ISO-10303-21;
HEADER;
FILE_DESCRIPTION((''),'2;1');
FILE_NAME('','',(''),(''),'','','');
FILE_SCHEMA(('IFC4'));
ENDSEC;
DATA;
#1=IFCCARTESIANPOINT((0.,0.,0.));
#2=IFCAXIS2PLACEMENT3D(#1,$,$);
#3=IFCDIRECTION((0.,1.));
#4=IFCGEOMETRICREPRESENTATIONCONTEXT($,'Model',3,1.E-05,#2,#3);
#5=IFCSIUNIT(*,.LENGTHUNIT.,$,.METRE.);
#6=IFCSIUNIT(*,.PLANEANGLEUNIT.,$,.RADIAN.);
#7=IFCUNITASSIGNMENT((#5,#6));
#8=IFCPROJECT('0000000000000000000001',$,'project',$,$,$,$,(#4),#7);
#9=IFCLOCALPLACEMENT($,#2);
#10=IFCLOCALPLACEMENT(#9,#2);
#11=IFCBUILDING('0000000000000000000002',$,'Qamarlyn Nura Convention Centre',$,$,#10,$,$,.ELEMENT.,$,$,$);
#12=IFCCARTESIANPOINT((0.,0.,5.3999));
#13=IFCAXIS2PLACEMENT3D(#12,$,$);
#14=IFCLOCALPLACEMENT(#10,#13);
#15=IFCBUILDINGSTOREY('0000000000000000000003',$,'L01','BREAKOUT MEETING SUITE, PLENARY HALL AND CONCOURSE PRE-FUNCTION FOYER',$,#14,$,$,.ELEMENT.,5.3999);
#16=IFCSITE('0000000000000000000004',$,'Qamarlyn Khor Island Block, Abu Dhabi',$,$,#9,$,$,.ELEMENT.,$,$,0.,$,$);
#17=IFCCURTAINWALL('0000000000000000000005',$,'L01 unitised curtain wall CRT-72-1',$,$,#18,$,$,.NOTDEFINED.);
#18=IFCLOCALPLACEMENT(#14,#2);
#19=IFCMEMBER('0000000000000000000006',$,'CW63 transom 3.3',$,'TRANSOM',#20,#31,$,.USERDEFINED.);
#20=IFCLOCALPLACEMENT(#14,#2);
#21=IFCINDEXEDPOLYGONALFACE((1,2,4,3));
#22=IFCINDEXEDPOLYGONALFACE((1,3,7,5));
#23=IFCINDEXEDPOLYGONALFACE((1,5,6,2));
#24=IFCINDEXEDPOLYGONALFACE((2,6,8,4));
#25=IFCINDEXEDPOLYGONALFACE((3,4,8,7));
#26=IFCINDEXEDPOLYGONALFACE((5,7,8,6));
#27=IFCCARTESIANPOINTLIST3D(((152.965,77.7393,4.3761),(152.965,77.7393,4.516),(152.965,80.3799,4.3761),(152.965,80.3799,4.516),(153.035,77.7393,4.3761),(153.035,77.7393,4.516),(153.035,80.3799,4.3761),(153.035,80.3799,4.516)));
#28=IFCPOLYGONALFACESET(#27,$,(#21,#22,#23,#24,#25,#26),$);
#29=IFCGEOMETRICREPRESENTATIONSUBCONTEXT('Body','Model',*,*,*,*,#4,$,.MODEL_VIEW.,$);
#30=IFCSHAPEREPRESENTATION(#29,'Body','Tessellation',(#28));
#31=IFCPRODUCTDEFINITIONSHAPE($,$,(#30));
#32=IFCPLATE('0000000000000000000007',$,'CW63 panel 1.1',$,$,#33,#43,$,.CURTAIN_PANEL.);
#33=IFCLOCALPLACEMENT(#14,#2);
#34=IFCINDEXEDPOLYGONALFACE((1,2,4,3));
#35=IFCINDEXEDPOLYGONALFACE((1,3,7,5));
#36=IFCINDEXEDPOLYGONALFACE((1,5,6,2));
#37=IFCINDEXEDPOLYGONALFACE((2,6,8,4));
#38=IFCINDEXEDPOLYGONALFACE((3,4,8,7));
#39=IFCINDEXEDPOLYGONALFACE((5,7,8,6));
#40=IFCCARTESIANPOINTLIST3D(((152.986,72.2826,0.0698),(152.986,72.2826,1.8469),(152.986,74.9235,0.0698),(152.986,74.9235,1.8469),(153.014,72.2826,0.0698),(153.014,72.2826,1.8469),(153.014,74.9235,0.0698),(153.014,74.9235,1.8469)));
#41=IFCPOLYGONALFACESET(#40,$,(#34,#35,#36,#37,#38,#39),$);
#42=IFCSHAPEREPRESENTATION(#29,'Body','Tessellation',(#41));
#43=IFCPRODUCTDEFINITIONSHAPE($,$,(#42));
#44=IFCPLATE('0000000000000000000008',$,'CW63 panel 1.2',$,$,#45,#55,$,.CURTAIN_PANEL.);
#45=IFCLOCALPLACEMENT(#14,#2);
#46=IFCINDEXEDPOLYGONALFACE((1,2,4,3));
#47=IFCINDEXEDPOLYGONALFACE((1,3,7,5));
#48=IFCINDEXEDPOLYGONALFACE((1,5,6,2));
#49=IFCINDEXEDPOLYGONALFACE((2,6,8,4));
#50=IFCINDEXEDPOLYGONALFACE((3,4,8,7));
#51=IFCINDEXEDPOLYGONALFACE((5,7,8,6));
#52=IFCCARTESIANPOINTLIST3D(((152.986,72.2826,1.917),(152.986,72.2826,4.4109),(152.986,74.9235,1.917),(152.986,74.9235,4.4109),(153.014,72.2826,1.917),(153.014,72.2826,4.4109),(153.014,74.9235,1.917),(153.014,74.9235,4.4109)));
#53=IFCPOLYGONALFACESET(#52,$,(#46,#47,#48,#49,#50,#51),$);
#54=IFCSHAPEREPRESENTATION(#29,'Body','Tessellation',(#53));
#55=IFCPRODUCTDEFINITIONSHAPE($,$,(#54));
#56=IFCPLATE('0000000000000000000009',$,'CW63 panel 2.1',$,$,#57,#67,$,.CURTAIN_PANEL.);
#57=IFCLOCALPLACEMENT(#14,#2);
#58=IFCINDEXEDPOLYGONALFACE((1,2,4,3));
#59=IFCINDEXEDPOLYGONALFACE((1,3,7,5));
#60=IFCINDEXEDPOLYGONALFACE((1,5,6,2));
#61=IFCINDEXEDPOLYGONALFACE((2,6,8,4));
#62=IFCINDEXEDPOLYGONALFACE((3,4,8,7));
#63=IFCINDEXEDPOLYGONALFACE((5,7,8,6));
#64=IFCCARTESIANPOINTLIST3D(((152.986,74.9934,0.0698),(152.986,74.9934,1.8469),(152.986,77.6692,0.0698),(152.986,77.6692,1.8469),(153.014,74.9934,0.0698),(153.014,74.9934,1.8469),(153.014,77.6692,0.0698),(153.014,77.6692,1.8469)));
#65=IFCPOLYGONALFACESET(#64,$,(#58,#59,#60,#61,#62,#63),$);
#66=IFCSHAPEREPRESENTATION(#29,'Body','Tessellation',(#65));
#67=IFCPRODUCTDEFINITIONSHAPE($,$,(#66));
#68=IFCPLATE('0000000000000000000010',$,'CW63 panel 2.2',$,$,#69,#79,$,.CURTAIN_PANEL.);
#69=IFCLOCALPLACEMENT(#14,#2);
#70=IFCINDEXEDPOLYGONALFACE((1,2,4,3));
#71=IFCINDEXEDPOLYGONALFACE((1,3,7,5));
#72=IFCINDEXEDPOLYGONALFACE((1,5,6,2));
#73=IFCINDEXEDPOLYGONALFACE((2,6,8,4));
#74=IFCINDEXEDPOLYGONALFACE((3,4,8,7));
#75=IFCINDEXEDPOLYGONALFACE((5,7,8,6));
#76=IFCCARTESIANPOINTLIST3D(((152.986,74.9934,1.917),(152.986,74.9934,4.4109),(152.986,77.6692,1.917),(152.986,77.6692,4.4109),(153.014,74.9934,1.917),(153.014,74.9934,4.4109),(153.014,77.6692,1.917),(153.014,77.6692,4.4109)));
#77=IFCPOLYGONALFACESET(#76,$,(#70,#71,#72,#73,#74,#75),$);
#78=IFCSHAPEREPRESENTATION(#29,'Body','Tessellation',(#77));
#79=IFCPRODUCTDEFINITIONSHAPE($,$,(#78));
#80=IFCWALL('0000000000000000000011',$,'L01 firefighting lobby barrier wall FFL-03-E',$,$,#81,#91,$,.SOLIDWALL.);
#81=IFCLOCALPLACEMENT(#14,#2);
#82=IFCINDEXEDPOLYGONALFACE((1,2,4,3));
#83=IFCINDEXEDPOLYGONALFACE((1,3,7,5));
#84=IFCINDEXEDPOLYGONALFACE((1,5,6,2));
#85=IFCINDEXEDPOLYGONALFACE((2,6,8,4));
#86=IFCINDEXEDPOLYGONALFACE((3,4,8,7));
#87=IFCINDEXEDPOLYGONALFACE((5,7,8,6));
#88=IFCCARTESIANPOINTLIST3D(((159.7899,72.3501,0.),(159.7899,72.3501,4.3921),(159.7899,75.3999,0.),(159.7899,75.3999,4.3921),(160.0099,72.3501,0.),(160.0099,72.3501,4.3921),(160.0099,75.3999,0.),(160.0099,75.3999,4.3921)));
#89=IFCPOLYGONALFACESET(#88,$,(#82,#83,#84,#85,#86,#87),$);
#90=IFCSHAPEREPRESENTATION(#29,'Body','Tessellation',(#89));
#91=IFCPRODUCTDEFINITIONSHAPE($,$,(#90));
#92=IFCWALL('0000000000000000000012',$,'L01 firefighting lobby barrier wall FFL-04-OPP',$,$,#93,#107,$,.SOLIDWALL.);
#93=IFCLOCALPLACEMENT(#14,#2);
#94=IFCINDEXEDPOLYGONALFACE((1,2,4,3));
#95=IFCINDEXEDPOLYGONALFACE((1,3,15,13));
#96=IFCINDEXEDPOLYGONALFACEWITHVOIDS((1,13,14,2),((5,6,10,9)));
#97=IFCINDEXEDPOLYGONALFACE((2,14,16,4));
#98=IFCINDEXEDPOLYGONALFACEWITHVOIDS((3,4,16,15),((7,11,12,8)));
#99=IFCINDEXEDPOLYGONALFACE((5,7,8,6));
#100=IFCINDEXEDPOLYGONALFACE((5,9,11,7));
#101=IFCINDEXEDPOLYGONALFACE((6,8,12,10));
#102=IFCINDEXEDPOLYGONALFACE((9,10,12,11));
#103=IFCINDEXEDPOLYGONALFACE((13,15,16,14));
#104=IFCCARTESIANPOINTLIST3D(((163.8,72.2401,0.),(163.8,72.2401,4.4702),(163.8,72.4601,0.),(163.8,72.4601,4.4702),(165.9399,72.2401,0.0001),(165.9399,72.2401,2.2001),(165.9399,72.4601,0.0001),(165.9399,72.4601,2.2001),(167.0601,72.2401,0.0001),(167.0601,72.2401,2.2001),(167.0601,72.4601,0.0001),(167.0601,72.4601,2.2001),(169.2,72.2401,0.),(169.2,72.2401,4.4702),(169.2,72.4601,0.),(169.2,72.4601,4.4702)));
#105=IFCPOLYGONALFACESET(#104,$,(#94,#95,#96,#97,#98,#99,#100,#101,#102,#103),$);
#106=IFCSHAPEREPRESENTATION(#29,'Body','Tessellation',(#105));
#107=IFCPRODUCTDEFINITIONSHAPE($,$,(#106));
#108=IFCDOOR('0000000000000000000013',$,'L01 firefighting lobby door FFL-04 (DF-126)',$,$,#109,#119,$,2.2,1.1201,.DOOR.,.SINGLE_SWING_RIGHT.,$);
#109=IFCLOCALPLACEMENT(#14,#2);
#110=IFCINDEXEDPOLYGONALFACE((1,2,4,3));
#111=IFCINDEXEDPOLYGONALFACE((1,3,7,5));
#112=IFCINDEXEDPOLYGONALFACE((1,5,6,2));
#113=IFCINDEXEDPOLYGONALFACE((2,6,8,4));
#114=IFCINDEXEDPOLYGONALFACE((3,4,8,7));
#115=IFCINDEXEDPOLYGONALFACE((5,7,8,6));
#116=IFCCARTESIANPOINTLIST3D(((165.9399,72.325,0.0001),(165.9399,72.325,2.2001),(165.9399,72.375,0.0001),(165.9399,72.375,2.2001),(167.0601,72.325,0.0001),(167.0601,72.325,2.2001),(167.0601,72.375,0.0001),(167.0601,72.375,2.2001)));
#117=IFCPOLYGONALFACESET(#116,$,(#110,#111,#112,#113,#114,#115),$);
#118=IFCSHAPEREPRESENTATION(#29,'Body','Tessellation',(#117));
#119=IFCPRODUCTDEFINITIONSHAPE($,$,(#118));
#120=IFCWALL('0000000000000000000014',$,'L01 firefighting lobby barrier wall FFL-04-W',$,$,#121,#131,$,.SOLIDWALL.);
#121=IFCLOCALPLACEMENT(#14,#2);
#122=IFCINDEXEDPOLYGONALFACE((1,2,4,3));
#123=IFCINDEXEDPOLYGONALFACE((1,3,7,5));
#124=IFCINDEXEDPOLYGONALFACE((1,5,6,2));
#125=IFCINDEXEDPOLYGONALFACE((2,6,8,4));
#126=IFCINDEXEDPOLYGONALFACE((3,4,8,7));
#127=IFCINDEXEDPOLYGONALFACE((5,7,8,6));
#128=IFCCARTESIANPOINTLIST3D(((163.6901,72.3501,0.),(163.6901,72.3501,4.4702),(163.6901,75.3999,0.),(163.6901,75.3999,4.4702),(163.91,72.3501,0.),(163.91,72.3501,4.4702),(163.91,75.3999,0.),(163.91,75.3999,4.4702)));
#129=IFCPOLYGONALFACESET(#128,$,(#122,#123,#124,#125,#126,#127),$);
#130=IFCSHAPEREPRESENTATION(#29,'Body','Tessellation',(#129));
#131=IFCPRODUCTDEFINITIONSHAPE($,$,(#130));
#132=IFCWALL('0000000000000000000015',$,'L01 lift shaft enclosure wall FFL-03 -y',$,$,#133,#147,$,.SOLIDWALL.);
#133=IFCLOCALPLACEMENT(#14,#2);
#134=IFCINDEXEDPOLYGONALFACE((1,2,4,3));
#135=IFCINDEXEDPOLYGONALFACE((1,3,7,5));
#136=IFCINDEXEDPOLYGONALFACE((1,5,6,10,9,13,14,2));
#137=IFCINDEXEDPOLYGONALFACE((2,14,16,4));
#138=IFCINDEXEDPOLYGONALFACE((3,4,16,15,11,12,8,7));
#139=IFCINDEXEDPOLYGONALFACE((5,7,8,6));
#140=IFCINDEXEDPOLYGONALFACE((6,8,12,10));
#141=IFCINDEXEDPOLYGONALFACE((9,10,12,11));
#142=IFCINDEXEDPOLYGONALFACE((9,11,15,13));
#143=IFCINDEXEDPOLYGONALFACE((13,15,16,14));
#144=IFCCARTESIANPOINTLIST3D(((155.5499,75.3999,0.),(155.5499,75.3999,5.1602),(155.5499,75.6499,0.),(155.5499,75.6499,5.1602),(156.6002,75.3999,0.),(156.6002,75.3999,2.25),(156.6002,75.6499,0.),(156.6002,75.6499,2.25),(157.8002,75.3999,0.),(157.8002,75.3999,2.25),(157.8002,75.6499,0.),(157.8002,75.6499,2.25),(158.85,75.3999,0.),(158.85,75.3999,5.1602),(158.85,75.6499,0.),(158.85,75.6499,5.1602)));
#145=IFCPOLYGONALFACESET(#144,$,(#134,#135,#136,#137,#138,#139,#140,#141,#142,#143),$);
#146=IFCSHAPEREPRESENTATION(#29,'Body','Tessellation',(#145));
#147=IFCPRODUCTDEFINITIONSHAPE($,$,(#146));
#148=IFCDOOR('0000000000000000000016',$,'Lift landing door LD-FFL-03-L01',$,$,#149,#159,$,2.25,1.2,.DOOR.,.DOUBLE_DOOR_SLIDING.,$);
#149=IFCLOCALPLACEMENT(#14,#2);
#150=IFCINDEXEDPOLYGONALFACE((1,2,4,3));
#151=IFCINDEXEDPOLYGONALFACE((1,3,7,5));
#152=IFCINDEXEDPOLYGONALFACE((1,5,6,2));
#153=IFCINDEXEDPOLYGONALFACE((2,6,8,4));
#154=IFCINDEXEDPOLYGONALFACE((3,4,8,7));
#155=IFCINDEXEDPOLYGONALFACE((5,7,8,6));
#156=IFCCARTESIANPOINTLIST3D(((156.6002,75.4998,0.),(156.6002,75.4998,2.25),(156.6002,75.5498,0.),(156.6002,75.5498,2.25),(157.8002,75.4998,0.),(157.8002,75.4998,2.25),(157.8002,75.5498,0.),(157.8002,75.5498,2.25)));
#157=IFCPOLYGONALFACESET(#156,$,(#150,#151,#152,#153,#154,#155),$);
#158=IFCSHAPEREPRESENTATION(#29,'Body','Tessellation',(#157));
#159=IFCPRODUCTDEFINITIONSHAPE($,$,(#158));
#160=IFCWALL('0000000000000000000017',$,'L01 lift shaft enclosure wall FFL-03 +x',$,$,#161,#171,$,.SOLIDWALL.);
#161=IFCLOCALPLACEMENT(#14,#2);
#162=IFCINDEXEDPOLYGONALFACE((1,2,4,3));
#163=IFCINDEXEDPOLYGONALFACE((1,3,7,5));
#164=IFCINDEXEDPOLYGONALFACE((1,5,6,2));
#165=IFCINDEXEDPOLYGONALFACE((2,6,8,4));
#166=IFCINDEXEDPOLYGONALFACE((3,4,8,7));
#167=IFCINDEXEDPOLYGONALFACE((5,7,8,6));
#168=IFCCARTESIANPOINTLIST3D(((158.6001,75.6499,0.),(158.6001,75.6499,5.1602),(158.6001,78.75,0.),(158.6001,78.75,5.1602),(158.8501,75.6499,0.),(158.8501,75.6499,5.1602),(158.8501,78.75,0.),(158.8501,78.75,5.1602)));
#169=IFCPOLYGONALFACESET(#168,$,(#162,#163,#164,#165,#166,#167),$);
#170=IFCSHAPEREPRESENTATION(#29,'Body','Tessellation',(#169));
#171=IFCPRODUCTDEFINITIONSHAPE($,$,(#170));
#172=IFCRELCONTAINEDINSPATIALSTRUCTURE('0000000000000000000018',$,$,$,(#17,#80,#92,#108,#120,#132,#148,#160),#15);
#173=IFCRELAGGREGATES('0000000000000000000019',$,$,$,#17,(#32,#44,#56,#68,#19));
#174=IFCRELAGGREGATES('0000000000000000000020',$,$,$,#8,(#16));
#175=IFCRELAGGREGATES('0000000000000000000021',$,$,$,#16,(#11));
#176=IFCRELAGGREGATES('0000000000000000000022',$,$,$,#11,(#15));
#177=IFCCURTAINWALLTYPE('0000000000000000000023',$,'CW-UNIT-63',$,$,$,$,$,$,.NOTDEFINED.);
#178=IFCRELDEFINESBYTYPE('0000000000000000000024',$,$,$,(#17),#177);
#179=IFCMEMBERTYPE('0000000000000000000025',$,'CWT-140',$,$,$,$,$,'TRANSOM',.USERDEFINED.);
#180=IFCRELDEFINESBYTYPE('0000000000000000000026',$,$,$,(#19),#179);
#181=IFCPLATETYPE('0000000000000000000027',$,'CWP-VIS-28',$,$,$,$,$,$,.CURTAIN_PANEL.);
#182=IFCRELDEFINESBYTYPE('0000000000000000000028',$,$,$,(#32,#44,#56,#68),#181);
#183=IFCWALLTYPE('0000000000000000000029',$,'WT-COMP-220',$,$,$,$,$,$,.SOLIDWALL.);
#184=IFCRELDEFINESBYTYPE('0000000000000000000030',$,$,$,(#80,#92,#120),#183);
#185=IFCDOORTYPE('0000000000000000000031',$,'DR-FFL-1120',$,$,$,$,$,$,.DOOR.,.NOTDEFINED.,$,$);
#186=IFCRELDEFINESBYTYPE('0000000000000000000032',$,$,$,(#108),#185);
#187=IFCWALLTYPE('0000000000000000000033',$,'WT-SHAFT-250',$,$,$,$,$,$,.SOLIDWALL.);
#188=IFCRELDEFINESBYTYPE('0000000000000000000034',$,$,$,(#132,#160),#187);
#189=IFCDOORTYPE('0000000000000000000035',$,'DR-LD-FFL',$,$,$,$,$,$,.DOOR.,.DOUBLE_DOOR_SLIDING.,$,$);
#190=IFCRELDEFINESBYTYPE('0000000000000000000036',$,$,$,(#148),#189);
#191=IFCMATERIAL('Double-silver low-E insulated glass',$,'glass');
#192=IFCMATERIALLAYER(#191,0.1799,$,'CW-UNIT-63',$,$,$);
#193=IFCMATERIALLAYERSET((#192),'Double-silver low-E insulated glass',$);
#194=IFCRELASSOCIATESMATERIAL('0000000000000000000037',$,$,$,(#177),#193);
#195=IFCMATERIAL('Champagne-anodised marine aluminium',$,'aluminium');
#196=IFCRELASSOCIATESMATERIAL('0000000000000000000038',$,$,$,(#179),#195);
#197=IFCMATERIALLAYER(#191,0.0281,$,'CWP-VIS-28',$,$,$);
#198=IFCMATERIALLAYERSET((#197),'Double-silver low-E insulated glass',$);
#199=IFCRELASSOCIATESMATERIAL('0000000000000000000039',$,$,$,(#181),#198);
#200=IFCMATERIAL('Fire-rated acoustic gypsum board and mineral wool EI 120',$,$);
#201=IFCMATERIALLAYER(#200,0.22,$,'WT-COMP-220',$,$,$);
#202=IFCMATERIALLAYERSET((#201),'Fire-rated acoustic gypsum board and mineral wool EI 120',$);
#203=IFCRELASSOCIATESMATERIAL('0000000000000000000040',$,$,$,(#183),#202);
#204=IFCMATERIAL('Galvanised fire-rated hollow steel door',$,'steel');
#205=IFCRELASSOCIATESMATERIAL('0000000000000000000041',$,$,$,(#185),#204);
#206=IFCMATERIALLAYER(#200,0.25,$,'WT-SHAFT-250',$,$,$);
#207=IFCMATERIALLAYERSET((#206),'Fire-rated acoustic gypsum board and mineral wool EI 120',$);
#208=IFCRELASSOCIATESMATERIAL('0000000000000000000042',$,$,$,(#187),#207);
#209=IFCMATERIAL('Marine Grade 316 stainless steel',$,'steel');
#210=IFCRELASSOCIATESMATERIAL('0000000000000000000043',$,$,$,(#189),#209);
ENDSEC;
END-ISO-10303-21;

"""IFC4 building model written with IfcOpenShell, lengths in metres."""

from ifc_helpers import new_model, si_unit, direction, frame, frame_2d, origin, origin_2d, place, context, subcontext, project, spatial, rectangle, extrude, material, layer, layer_set, material_profile, profile_set, type_object, element, fill, aggregate, save


model = new_model("IFC4")

# Units and contexts
model_context = context("Model", 3, precision=1e-05, world=origin(), true_north=direction((0.0, 1.0)))
body_context = subcontext(model_context, "Body", "Model", "MODEL_VIEW")
ifc_project = project(units=[si_unit("LENGTHUNIT", "METRE"), si_unit("PLANEANGLEUNIT", "RADIAN")], contexts=[model_context])

# Site, building, storey
site_placement = place(None, origin())
site = spatial("IfcSite", under=ifc_project, at=site_placement, Name="Qamarlyn Khor Island Block, Abu Dhabi", CompositionType="ELEMENT", RefElevation=0.0)
building_placement = place(site_placement, origin())
building = spatial("IfcBuilding", under=site, at=building_placement, Name="Qamarlyn Nura Convention Centre", CompositionType="ELEMENT")
storey_placement = place(building_placement, frame((0.0, 0.0, 5.3999)))
storey = spatial("IfcBuildingStorey", under=building, at=storey_placement, Name="L01", Description="BREAKOUT MEETING SUITE, PLENARY HALL AND CONCOURSE PRE-FUNCTION FOYER", CompositionType="ELEMENT", Elevation=5.3999)

# Curtain wall, member, plates
ifc_material_1 = material(Name="Double-silver low-E insulated glass", Category="glass")
ifc_layer_1 = layer(ifc_material_1, 0.1799, Name="CW-UNIT-63")
ifc_layer_set_1 = layer_set([ifc_layer_1], Name="Double-silver low-E insulated glass")
curtain_wall_type = type_object("IfcCurtainWallType", Name="CW-UNIT-63", PredefinedType="NOTDEFINED", material=ifc_layer_set_1)
curtain_wall_placement = place(storey_placement, origin())
curtain_wall = element("IfcCurtainWall", 1, at=curtain_wall_placement, inside=storey, type_object=curtain_wall_type, Name="L01 unitised curtain wall CRT-72-1", PredefinedType="NOTDEFINED")
ifc_material_2 = material(Name="Champagne-anodised marine aluminium", Category="aluminium")
ifc_material_profile_1 = material_profile(ifc_material_2, rectangle(XDim=0.0701, YDim=0.1399, at=origin_2d()), Name="ALU TRANSOM 70x140")
ifc_profile_set_1 = profile_set([ifc_material_profile_1], Name="Champagne-anodised marine aluminium")
member_type_1 = type_object("IfcMemberType", Name="CWT-140", ElementType="TRANSOM", PredefinedType="USERDEFINED", material=ifc_profile_set_1)
member_1_placement = place(storey_placement, frame((153.0, 77.7393, 4.446), z_axis=(0.0, 1.0, 0.0), x_axis=(-1.0, 0.0, 0.0)))
member_1 = element("IfcMember", 2, at=member_1_placement, type_object=member_type_1, Name="CW63 transom 3.3", ObjectType="TRANSOM", PredefinedType="USERDEFINED", context=body_context, shape_type="SweptSolid", body=[
    extrude(rectangle(XDim=0.0701, YDim=0.1399, at=origin_2d()), origin(), (0.0, 0.0, 1.0), 2.6406),
])
ifc_layer_2 = layer(ifc_material_1, 0.0281, Name="CWP-VIS-28")
ifc_layer_set_2 = layer_set([ifc_layer_2], Name="Double-silver low-E insulated glass")
plate_type = type_object("IfcPlateType", Name="CWP-VIS-28", PredefinedType="CURTAIN_PANEL", material=ifc_layer_set_2)
plate_1_placement = place(storey_placement, frame((153.0, 73.603, 0.0698), z_axis=(0.0, 0.0, 1.0), x_axis=(0.0, 1.0, 0.0)))
plate_1 = element("IfcPlate", 3, at=plate_1_placement, type_object=plate_type, Name="CW63 panel 1.1", PredefinedType="CURTAIN_PANEL", context=body_context, shape_type="SweptSolid", body=[
    extrude(rectangle(XDim=2.6409, YDim=0.0281, at=origin_2d()), origin(), (0.0, 0.0, 1.0), 1.7771),
])
plate_2_placement = place(storey_placement, frame((153.0, 73.603, 1.917), z_axis=(0.0, 0.0, 1.0), x_axis=(0.0, 1.0, 0.0)))
plate_2 = element("IfcPlate", 4, at=plate_2_placement, type_object=plate_type, Name="CW63 panel 1.2", PredefinedType="CURTAIN_PANEL", context=body_context, shape_type="SweptSolid", body=[
    extrude(rectangle(XDim=2.6409, YDim=0.0281, at=origin_2d()), origin(), (0.0, 0.0, 1.0), 2.4939),
])
plate_3_placement = place(storey_placement, frame((153.0, 76.3313, 0.0698), z_axis=(0.0, 0.0, 1.0), x_axis=(0.0, 1.0, 0.0)))
plate_3 = element("IfcPlate", 5, at=plate_3_placement, type_object=plate_type, Name="CW63 panel 2.1", PredefinedType="CURTAIN_PANEL", context=body_context, shape_type="SweptSolid", body=[
    extrude(rectangle(XDim=2.6758, YDim=0.0281, at=origin_2d()), origin(), (0.0, 0.0, 1.0), 1.7771),
])
plate_4_placement = place(storey_placement, frame((153.0, 76.3313, 1.917), z_axis=(0.0, 0.0, 1.0), x_axis=(0.0, 1.0, 0.0)))
plate_4 = element("IfcPlate", 6, at=plate_4_placement, type_object=plate_type, Name="CW63 panel 2.2", PredefinedType="CURTAIN_PANEL", context=body_context, shape_type="SweptSolid", body=[
    extrude(rectangle(XDim=2.6758, YDim=0.0281, at=origin_2d()), origin(), (0.0, 0.0, 1.0), 2.4939),
])
aggregate(curtain_wall, [plate_1, plate_2, plate_3, plate_4, member_1])

# Wall
ifc_material_3 = material(Name="Fire-rated acoustic gypsum board and mineral wool EI 120")
ifc_layer_3 = layer(ifc_material_3, 0.22, Name="WT-COMP-220")
ifc_layer_set_3 = layer_set([ifc_layer_3], Name="Fire-rated acoustic gypsum board and mineral wool EI 120")
wall_type_1 = type_object("IfcWallType", Name="WT-COMP-220", PredefinedType="SOLIDWALL", material=ifc_layer_set_3)
wall_1_placement = place(storey_placement, frame((159.8999, 72.3501, 0.0), z_axis=(0.0, 0.0, 1.0), x_axis=(0.0, 1.0, 0.0)))
element("IfcWall", 7, at=wall_1_placement, inside=storey, type_object=wall_type_1, Name="L01 firefighting lobby barrier wall FFL-03-E", PredefinedType="SOLIDWALL", context=body_context, shape_type="SweptSolid", body=[
    extrude(rectangle(XDim=3.0498, YDim=0.22, at=frame_2d((1.5249, 0.0))), origin(), (0.0, 0.0, 1.0), 4.3921),
])

# Wall, opening, door
wall_2_placement = place(storey_placement, frame((163.8, 72.3501, 0.0), z_axis=(0.0, 0.0, 1.0), x_axis=(1.0, 0.0, 0.0)))
wall_2 = element("IfcWall", 8, at=wall_2_placement, inside=storey, type_object=wall_type_1, Name="L01 firefighting lobby barrier wall FFL-04-OPP", PredefinedType="SOLIDWALL", context=body_context, shape_type="SweptSolid", body=[
    extrude(rectangle(XDim=5.3999, YDim=0.22, at=frame_2d((2.7, 0.0))), origin(), (0.0, 0.0, 1.0), 4.4702),
])
opening_1_placement = place(wall_2_placement, frame((2.1399, 0.0, 0.0)))
opening_1 = element("IfcOpeningElement", 9, at=opening_1_placement, cuts=wall_2, PredefinedType="OPENING", context=body_context, shape_type="SweptSolid", body=[
    extrude(rectangle(XDim=1.1201, YDim=2.2, at=frame_2d((0.5601, 1.1001))), frame((0.0, 0.1201, 0.0), z_axis=(0.0, -1.0, 0.0), x_axis=(1.0, 0.0, 0.0)), (0.0, 0.0, 1.0), 0.24),
])
ifc_material_4 = material(Name="Galvanised fire-rated hollow steel door", Category="steel")
door_type_1 = type_object("IfcDoorType", Name="DR-FFL-1120", OperationType="NOTDEFINED", PredefinedType="DOOR", material=ifc_material_4)
door_1_placement = place(opening_1_placement, origin())
door_1 = element("IfcDoor", 10, at=door_1_placement, inside=storey, type_object=door_type_1, Name="L01 firefighting lobby door FFL-04 (DF-126)", OperationType="SINGLE_SWING_RIGHT", OverallHeight=2.2, OverallWidth=1.1201, PredefinedType="DOOR", context=body_context, shape_type="SweptSolid", body=[
    extrude(rectangle(XDim=1.1201, YDim=2.2, at=frame_2d((0.5601, 1.1001))), frame((0.0, 0.0249, 0.0), z_axis=(0.0, -1.0, 0.0), x_axis=(1.0, 0.0, 0.0)), (0.0, 0.0, 1.0), 0.05),
])
fill(opening_1, door_1)

# Wall
wall_3_placement = place(storey_placement, frame((163.8, 72.3501, 0.0), z_axis=(0.0, 0.0, 1.0), x_axis=(0.0, 1.0, 0.0)))
element("IfcWall", 11, at=wall_3_placement, inside=storey, type_object=wall_type_1, Name="L01 firefighting lobby barrier wall FFL-04-W", PredefinedType="SOLIDWALL", context=body_context, shape_type="SweptSolid", body=[
    extrude(rectangle(XDim=3.0498, YDim=0.22, at=frame_2d((1.5249, 0.0))), origin(), (0.0, 0.0, 1.0), 4.4702),
])

# Wall, opening, door
ifc_layer_4 = layer(ifc_material_3, 0.25, Name="WT-SHAFT-250")
ifc_layer_set_4 = layer_set([ifc_layer_4], Name="Fire-rated acoustic gypsum board and mineral wool EI 120")
wall_type_2 = type_object("IfcWallType", Name="WT-SHAFT-250", PredefinedType="SOLIDWALL", material=ifc_layer_set_4)
wall_4_placement = place(storey_placement, frame((155.55, 75.5249, 0.0), z_axis=(0.0, 0.0, 1.0), x_axis=(1.0, 0.0, 0.0)))
wall_4 = element("IfcWall", 12, at=wall_4_placement, inside=storey, type_object=wall_type_2, Name="L01 lift shaft enclosure wall FFL-03 -y", PredefinedType="SOLIDWALL", context=body_context, shape_type="SweptSolid", body=[
    extrude(rectangle(XDim=3.3, YDim=0.25, at=frame_2d((1.6499, 0.0))), origin(), (0.0, 0.0, 1.0), 5.1602),
])
opening_2_placement = place(wall_4_placement, frame((1.05, 0.0, 0.0)))
opening_2 = element("IfcOpeningElement", 13, at=opening_2_placement, cuts=wall_4, PredefinedType="OPENING", context=body_context, shape_type="SweptSolid", body=[
    extrude(rectangle(XDim=1.2, YDim=2.25, at=frame_2d((0.6001, 1.125))), frame((0.0, 0.135, 0.0), z_axis=(0.0, -1.0, 0.0), x_axis=(1.0, 0.0, 0.0)), (0.0, 0.0, 1.0), 0.27),
])
ifc_material_5 = material(Name="Marine Grade 316 stainless steel", Category="steel")
door_type_2 = type_object("IfcDoorType", Name="DR-LD-FFL", OperationType="DOUBLE_DOOR_SLIDING", PredefinedType="DOOR", material=ifc_material_5)
door_2_placement = place(opening_2_placement, origin())
door_2 = element("IfcDoor", 14, at=door_2_placement, inside=storey, type_object=door_type_2, Name="Lift landing door LD-FFL-03-L01", OperationType="DOUBLE_DOOR_SLIDING", OverallHeight=2.25, OverallWidth=1.2, PredefinedType="DOOR", context=body_context, shape_type="SweptSolid", body=[
    extrude(rectangle(XDim=1.2, YDim=2.25, at=frame_2d((0.6001, 1.125))), frame((0.0, 0.0249, 0.0), z_axis=(0.0, -1.0, 0.0), x_axis=(1.0, 0.0, 0.0)), (0.0, 0.0, 1.0), 0.05),
])
fill(opening_2, door_2)

# Wall
wall_5_placement = place(storey_placement, frame((158.7251, 75.6499, 0.0), z_axis=(0.0, 0.0, 1.0), x_axis=(0.0, 1.0, 0.0)))
element("IfcWall", 15, at=wall_5_placement, inside=storey, type_object=wall_type_2, Name="L01 lift shaft enclosure wall FFL-03 +x", PredefinedType="SOLIDWALL", context=body_context, shape_type="SweptSolid", body=[
    extrude(rectangle(XDim=3.1001, YDim=0.25, at=frame_2d((1.55, 0.0))), origin(), (0.0, 0.0, 1.0), 5.1602),
])

save(model, "model.ifc")
